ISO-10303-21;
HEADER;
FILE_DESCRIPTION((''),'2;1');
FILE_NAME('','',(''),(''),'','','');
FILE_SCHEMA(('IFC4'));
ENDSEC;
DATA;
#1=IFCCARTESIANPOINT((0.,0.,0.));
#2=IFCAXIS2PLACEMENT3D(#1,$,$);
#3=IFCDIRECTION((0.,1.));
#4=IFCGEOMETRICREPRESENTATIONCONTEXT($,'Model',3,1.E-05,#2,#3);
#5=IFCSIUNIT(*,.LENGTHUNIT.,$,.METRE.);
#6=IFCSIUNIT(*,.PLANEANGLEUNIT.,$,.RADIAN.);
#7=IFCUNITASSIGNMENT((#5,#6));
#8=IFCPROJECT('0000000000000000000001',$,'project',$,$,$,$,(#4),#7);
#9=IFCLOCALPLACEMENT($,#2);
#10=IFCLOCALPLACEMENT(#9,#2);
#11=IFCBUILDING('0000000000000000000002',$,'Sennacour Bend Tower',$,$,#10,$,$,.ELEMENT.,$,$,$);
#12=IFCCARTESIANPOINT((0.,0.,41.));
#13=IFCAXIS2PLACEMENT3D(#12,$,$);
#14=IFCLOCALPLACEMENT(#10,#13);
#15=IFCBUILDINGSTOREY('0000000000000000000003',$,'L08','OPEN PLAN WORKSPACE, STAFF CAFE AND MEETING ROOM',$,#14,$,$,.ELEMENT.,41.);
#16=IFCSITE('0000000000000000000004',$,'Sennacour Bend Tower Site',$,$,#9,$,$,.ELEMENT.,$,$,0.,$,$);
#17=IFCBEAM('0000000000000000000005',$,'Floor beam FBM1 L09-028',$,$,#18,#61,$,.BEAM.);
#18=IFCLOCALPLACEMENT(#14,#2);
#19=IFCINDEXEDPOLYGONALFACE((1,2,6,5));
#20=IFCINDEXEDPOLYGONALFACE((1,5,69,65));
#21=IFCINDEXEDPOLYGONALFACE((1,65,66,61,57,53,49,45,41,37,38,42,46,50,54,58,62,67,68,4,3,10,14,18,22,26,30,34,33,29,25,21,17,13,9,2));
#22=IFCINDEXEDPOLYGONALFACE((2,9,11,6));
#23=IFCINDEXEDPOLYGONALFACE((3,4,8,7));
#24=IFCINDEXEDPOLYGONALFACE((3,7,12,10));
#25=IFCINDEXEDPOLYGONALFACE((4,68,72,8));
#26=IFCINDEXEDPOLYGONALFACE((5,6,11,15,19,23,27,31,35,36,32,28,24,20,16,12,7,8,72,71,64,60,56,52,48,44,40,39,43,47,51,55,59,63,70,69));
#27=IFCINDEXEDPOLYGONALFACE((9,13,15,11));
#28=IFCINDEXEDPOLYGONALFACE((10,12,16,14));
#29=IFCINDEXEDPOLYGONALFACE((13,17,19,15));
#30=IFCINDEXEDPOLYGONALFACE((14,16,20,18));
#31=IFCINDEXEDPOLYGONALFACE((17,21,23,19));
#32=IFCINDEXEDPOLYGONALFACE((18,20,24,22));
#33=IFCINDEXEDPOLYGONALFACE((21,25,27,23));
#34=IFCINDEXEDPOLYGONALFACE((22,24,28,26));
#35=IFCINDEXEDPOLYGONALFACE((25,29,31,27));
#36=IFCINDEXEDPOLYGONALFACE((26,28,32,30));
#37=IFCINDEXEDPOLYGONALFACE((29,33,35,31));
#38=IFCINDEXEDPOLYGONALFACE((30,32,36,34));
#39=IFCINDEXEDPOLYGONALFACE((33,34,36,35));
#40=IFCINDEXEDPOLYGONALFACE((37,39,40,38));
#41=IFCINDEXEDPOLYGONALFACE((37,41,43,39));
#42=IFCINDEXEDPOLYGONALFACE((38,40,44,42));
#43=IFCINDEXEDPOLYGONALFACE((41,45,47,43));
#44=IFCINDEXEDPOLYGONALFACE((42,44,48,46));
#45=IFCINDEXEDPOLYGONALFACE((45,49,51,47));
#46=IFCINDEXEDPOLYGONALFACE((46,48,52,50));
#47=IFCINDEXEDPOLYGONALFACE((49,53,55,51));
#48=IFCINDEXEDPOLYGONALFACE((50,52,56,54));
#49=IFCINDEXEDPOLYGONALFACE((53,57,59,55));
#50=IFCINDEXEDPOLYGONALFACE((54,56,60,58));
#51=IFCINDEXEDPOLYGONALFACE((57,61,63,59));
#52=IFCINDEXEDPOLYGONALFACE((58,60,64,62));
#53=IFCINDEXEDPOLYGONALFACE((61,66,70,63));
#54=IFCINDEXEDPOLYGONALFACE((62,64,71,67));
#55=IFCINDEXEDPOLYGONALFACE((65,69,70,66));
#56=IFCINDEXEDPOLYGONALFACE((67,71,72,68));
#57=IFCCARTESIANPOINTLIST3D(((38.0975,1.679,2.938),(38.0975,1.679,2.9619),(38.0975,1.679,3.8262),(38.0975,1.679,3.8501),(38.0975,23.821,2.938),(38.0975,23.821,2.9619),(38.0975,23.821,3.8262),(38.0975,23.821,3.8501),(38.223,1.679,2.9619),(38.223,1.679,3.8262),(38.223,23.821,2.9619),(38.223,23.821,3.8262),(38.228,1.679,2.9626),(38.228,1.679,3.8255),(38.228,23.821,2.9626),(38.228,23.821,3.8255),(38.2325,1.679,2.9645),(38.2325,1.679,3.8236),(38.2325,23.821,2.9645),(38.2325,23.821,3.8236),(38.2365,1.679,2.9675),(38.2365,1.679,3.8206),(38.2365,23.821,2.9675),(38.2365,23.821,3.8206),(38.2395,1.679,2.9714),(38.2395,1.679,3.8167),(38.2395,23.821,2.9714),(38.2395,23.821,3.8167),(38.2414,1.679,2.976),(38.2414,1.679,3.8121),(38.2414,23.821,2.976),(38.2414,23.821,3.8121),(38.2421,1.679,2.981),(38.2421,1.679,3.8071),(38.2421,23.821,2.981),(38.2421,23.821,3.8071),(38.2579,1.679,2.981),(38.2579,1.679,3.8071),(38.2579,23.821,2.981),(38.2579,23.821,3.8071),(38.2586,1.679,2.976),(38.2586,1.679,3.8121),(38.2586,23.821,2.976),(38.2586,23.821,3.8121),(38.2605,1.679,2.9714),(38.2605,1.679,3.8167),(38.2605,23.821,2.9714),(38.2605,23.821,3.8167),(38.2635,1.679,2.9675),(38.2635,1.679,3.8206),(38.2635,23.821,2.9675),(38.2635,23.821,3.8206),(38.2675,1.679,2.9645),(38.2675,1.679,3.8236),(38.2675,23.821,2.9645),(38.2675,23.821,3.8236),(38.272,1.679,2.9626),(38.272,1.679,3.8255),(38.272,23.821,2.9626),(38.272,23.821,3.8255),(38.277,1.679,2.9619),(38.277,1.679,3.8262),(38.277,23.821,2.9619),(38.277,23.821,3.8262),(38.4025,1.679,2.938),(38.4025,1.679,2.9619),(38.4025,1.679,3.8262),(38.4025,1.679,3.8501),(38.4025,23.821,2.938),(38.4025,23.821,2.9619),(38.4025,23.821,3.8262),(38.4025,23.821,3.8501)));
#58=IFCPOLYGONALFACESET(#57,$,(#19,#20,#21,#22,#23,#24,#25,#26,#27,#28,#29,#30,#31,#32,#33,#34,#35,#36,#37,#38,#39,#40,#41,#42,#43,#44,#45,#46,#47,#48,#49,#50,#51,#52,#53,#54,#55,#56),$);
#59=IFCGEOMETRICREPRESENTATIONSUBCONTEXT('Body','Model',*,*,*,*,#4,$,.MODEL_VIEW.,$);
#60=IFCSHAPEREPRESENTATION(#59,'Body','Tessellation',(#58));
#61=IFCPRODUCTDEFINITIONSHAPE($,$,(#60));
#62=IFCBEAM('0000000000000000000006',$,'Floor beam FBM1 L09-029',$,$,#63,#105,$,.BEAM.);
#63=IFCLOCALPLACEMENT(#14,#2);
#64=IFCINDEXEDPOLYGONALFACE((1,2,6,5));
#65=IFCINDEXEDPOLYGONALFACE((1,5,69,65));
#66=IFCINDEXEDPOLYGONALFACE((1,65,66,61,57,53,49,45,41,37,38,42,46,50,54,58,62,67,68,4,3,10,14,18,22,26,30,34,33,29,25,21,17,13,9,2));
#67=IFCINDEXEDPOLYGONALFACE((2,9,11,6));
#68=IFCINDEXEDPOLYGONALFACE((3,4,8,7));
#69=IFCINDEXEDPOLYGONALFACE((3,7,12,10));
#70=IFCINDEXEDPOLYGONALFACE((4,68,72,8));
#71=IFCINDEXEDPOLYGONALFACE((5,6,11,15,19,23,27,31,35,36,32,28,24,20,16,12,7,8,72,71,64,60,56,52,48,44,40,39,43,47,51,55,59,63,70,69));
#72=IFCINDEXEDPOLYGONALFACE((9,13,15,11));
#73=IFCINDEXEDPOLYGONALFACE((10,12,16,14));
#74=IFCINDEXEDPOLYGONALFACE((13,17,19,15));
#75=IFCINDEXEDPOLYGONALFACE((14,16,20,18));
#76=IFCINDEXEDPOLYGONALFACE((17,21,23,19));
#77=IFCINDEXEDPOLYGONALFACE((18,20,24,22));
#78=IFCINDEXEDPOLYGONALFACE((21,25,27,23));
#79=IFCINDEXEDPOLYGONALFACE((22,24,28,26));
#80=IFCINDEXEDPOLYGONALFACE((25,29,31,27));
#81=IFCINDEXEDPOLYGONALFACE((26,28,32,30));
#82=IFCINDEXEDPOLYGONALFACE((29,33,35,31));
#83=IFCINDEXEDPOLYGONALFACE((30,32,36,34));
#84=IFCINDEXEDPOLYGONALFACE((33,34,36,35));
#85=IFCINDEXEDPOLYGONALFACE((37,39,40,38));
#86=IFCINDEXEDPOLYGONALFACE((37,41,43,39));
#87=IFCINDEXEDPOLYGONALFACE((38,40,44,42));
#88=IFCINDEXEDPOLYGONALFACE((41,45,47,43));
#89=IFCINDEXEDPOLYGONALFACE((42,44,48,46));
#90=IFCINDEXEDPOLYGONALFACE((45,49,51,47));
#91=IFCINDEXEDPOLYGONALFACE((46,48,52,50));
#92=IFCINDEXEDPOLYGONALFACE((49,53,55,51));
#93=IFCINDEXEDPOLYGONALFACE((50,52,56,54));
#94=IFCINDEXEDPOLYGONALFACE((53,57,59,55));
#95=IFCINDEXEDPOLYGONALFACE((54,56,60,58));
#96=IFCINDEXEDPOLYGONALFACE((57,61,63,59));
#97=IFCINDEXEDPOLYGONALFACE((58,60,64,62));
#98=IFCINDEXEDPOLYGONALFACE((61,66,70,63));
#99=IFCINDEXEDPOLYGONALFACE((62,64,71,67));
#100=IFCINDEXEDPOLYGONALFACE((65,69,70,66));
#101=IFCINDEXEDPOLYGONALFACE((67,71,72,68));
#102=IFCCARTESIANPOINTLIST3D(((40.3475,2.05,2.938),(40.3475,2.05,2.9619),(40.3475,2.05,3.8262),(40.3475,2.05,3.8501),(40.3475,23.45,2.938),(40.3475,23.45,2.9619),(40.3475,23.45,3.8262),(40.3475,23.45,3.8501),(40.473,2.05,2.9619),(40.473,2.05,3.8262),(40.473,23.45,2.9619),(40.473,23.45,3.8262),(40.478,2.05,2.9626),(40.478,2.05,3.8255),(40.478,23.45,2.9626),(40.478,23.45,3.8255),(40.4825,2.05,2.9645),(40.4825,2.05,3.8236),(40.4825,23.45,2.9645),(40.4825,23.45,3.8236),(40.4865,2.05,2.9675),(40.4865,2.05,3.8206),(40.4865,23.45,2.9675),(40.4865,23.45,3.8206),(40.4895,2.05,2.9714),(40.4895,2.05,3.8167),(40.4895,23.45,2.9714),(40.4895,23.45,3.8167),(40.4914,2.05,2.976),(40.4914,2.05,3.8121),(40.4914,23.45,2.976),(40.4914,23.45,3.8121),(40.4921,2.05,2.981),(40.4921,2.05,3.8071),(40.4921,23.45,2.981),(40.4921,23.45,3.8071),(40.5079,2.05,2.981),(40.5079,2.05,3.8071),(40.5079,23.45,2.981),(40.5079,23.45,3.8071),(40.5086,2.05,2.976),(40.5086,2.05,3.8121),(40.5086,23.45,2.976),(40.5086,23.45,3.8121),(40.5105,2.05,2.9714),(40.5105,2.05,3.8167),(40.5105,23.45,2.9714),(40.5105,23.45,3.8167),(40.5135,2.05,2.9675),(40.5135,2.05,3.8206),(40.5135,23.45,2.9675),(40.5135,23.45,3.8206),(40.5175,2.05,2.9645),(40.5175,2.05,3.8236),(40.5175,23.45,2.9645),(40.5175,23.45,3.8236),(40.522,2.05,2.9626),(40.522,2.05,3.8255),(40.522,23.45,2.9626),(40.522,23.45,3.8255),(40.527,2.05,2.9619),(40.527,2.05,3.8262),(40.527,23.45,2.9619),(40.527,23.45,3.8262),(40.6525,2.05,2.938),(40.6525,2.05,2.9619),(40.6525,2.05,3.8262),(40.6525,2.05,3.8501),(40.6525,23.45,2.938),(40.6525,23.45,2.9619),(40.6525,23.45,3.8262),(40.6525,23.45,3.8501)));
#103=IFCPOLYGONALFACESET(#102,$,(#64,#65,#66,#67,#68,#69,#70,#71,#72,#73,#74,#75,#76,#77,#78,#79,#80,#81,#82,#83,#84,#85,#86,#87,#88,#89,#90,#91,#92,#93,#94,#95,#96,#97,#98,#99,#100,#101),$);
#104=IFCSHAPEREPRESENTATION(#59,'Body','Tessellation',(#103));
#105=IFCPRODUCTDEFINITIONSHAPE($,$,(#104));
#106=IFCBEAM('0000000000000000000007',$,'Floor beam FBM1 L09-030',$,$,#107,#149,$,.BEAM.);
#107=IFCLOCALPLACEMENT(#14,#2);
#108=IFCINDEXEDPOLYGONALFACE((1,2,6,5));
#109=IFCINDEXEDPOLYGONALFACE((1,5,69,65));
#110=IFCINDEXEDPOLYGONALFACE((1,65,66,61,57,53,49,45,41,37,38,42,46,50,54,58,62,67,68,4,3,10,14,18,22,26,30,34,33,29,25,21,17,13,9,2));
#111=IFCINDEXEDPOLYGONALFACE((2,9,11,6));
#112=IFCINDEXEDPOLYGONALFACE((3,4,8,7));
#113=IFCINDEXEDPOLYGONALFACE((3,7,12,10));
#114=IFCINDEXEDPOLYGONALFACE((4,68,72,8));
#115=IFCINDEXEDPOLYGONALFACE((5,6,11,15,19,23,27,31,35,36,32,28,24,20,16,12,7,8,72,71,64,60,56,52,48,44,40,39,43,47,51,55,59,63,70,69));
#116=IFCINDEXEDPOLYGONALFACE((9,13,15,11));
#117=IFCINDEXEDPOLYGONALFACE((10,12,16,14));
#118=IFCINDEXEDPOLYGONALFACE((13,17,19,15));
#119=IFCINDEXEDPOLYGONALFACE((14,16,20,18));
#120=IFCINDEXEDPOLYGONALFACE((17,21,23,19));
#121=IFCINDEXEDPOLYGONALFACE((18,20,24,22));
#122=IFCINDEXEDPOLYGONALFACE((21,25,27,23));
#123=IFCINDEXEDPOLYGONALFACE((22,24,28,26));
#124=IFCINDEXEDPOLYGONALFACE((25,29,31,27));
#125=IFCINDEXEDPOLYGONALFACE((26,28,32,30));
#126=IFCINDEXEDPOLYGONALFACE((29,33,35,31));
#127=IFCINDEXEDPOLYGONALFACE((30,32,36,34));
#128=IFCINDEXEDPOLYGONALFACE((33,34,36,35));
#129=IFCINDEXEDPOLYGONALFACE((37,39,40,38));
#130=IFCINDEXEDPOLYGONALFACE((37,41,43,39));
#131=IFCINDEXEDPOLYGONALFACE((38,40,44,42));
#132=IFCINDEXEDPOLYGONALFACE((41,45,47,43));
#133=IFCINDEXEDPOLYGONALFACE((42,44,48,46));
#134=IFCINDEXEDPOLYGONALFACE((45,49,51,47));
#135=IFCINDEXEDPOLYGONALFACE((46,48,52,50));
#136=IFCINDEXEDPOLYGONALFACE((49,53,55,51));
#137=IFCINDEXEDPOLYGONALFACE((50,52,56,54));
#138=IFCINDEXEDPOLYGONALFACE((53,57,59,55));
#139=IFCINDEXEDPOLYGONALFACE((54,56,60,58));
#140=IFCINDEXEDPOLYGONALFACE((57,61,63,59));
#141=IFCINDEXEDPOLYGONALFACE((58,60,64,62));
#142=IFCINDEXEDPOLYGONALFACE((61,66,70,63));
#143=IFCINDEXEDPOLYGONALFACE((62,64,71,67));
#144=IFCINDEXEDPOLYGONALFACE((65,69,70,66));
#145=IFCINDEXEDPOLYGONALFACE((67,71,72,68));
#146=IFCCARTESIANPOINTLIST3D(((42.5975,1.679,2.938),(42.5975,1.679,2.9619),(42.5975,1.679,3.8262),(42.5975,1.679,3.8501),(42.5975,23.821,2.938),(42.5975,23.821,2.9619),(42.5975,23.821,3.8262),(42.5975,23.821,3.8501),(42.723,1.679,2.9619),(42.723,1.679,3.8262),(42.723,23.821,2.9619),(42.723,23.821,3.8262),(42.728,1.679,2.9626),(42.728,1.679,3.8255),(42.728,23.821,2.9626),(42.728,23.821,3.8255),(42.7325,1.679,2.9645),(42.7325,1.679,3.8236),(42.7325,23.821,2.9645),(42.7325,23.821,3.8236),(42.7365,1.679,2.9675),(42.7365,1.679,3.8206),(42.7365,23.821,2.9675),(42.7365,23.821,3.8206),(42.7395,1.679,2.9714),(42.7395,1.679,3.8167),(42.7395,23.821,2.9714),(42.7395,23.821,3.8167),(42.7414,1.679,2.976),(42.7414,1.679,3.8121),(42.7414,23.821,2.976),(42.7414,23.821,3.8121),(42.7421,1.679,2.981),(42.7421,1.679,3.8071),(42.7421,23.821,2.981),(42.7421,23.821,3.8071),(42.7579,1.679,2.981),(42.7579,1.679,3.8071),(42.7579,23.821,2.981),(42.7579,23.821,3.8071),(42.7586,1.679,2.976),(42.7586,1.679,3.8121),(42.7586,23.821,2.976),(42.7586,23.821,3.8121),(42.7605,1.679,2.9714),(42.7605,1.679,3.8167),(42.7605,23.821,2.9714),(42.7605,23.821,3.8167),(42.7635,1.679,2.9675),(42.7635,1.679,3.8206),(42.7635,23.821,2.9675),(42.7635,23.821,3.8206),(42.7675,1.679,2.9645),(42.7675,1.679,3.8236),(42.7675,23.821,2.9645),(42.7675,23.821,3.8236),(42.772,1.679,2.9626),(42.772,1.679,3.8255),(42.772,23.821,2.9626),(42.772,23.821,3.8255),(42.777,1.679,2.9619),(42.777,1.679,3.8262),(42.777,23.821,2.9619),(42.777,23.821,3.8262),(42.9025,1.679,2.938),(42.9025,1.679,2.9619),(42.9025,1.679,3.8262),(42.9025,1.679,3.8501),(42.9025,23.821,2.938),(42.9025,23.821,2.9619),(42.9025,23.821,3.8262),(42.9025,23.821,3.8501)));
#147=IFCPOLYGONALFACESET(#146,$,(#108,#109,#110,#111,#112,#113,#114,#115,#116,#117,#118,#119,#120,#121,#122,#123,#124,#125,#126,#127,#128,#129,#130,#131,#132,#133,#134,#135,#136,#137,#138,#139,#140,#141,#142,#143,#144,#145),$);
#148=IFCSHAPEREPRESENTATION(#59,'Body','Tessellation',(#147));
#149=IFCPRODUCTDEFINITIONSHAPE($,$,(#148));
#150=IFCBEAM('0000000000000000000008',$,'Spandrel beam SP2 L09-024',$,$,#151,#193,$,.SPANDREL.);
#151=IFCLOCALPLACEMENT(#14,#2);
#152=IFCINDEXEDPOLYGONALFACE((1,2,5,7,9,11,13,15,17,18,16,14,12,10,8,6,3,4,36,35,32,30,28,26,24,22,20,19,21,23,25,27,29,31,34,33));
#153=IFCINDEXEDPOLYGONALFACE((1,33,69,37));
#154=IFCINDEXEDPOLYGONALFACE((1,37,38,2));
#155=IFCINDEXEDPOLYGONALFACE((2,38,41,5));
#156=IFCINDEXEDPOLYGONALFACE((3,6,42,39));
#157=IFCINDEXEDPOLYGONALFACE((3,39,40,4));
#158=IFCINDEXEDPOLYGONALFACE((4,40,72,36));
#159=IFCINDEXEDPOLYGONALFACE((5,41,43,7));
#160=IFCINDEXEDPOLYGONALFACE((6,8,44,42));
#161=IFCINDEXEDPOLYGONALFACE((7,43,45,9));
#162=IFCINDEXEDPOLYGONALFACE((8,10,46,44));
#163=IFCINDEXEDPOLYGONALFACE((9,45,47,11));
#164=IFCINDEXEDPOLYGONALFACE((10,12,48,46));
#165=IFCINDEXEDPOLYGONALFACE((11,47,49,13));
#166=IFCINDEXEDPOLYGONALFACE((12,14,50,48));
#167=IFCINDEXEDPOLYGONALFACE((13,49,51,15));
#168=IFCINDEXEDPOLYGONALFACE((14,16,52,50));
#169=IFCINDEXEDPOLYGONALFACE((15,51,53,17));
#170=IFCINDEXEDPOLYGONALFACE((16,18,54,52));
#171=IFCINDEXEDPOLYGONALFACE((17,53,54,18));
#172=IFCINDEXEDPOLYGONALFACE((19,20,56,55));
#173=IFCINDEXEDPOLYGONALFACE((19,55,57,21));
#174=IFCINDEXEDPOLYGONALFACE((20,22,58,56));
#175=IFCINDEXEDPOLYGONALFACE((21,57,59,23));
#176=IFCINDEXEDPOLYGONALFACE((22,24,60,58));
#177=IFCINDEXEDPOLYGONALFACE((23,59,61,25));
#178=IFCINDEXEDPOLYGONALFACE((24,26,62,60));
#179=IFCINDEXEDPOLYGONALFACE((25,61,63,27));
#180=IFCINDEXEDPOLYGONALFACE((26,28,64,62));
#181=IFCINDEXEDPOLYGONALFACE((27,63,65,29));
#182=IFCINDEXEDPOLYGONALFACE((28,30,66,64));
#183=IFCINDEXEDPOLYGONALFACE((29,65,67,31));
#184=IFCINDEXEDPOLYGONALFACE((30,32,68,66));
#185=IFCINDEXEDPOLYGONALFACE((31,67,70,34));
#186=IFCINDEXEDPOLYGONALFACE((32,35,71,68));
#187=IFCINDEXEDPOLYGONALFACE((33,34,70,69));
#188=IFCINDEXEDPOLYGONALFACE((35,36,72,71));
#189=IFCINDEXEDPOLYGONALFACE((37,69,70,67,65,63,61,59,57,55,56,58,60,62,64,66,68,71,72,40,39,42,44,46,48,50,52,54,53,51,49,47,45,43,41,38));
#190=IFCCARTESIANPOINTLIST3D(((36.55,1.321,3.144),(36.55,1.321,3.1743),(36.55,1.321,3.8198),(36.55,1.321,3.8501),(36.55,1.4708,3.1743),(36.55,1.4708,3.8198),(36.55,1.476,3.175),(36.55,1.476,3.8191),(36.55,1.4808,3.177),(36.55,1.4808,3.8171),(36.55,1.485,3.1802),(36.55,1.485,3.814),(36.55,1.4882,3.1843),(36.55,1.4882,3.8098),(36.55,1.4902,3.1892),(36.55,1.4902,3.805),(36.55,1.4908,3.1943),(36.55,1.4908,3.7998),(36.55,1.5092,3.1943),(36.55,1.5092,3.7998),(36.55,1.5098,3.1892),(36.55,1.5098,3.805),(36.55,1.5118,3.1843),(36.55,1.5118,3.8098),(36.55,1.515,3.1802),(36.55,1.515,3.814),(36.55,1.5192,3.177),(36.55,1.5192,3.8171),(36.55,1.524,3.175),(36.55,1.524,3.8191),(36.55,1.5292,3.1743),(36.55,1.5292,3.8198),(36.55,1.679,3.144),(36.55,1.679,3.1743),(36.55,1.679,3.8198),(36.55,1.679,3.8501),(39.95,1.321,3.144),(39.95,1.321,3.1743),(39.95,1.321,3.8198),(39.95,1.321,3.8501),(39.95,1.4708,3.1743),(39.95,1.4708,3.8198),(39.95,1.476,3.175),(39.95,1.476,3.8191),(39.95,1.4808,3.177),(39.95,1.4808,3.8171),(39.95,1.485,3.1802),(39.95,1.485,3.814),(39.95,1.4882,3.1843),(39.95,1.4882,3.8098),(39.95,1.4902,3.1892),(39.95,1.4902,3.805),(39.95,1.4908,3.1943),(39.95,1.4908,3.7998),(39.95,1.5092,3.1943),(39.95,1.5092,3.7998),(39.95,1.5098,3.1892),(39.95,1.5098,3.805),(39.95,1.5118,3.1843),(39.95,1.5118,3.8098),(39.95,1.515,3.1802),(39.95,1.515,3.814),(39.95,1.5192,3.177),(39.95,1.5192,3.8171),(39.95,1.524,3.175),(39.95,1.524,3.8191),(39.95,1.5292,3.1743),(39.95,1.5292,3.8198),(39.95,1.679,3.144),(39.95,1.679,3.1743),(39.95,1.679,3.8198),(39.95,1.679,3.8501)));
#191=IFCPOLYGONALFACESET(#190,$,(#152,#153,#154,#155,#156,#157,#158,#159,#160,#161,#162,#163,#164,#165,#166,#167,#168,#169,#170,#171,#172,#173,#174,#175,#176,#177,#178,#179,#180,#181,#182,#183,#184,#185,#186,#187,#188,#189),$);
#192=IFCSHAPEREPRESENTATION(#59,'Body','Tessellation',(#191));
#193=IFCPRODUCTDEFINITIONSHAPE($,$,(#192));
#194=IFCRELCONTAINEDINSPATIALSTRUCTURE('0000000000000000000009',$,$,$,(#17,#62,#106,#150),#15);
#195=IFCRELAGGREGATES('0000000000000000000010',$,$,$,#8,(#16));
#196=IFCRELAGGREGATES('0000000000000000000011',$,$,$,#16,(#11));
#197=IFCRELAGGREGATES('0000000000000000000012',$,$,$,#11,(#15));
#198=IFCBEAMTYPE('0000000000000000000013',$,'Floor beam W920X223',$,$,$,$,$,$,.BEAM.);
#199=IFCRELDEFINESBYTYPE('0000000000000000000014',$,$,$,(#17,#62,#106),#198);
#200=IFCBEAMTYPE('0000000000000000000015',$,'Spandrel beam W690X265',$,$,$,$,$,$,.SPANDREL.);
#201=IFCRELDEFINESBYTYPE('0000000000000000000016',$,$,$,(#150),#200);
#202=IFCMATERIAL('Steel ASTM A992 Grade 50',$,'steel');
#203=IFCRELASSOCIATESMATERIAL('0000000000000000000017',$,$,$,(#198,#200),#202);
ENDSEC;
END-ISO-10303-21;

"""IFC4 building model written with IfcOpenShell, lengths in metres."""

from ifc_helpers import new_model, si_unit, direction, frame, origin, origin_2d, place, context, subcontext, project, spatial, i_section, extrude, material, material_profile, profile_set, type_object, element, save


model = new_model("IFC4")

# Units and contexts
model_context = context("Model", 3, precision=1e-05, world=origin(), true_north=direction((0.0, 1.0)))
body_context = subcontext(model_context, "Body", "Model", "MODEL_VIEW")
ifc_project = project(units=[si_unit("LENGTHUNIT", "METRE"), si_unit("PLANEANGLEUNIT", "RADIAN")], contexts=[model_context])

# Site, building, storey
site_placement = place(None, origin())
site = spatial("IfcSite", under=ifc_project, at=site_placement, Name="Sennacour Bend Tower Site", CompositionType="ELEMENT", RefElevation=0.0)
building_placement = place(site_placement, origin())
building = spatial("IfcBuilding", under=site, at=building_placement, Name="Sennacour Bend Tower", CompositionType="ELEMENT")
storey_placement = place(building_placement, frame((0.0, 0.0, 41.0)))
storey = spatial("IfcBuildingStorey", under=building, at=storey_placement, Name="L08", Description="OPEN PLAN WORKSPACE, STAFF CAFE AND MEETING ROOM", CompositionType="ELEMENT", Elevation=41.0)

# Beams
ifc_material_1 = material(Name="Steel ASTM A992 Grade 50", Category="steel")
ifc_material_profile_1 = material_profile(ifc_material_1, i_section(OverallWidth=0.3049, OverallDepth=0.9121, WebThickness=0.0159, FlangeThickness=0.0239, FilletRadius=0.019, at=origin_2d()), Name="Steel ASTM A992 Grade 50", Category="steel")
ifc_profile_set_1 = profile_set([ifc_material_profile_1], Name="Steel ASTM A992 Grade 50")
beam_type_1 = type_object("IfcBeamType", Name="Floor beam W920X223", PredefinedType="BEAM", material=ifc_profile_set_1)
beam_1_placement = place(storey_placement, frame((38.25, 1.679, 3.394), z_axis=(0.0, 1.0, 0.0), x_axis=(-1.0, 0.0, 0.0)))
element("IfcBeam", 1, at=beam_1_placement, inside=storey, type_object=beam_type_1, Name="Floor beam FBM1 L09-028", PredefinedType="BEAM", context=body_context, shape_type="SweptSolid", body=[
    extrude(i_section(OverallWidth=0.3049, OverallDepth=0.9121, WebThickness=0.0159, FlangeThickness=0.0239, FilletRadius=0.019, at=origin_2d()), origin(), (0.0, 0.0, 1.0), 22.1421),
])
beam_2_placement = place(storey_placement, frame((40.5, 2.05, 3.394), z_axis=(0.0, 1.0, 0.0), x_axis=(-1.0, 0.0, 0.0)))
element("IfcBeam", 2, at=beam_2_placement, inside=storey, type_object=beam_type_1, Name="Floor beam FBM1 L09-029", PredefinedType="BEAM", context=body_context, shape_type="SweptSolid", body=[
    extrude(i_section(OverallWidth=0.3049, OverallDepth=0.9121, WebThickness=0.0159, FlangeThickness=0.0239, FilletRadius=0.019, at=origin_2d()), origin(), (0.0, 0.0, 1.0), 21.3999),
])
beam_3_placement = place(storey_placement, frame((42.75, 1.679, 3.394), z_axis=(0.0, 1.0, 0.0), x_axis=(-1.0, 0.0, 0.0)))
element("IfcBeam", 3, at=beam_3_placement, inside=storey, type_object=beam_type_1, Name="Floor beam FBM1 L09-030", PredefinedType="BEAM", context=body_context, shape_type="SweptSolid", body=[
    extrude(i_section(OverallWidth=0.3049, OverallDepth=0.9121, WebThickness=0.0159, FlangeThickness=0.0239, FilletRadius=0.019, at=origin_2d()), origin(), (0.0, 0.0, 1.0), 22.1421),
])
ifc_material_profile_2 = material_profile(ifc_material_1, i_section(OverallWidth=0.3579, OverallDepth=0.7061, WebThickness=0.0183, FlangeThickness=0.0303, FilletRadius=0.02, at=origin_2d()), Name="Steel ASTM A992 Grade 50", Category="steel")
ifc_profile_set_2 = profile_set([ifc_material_profile_2], Name="Steel ASTM A992 Grade 50")
beam_type_2 = type_object("IfcBeamType", Name="Spandrel beam W690X265", PredefinedType="SPANDREL", material=ifc_profile_set_2)
for number, where, z_axis, x_axis, name in (
    (4, (39.95, 1.5, 3.4971), (-1.0, 0.0, 0.0), (0.0, -1.0, 0.0), "Spandrel beam SP2 L09-024"),
):
    element("IfcBeam", number, at=place(storey_placement, frame(where, z_axis=z_axis, x_axis=x_axis)), inside=storey, type_object=beam_type_2, Name=name, PredefinedType="SPANDREL", context=body_context, shape_type="SweptSolid", body=[
        extrude(i_section(OverallWidth=0.3579, OverallDepth=0.7061, WebThickness=0.0183, FlangeThickness=0.0303, FilletRadius=0.02, at=origin_2d()), origin(), (0.0, 0.0, 1.0), 3.3999),
    ])

save(model, "model.ifc")
